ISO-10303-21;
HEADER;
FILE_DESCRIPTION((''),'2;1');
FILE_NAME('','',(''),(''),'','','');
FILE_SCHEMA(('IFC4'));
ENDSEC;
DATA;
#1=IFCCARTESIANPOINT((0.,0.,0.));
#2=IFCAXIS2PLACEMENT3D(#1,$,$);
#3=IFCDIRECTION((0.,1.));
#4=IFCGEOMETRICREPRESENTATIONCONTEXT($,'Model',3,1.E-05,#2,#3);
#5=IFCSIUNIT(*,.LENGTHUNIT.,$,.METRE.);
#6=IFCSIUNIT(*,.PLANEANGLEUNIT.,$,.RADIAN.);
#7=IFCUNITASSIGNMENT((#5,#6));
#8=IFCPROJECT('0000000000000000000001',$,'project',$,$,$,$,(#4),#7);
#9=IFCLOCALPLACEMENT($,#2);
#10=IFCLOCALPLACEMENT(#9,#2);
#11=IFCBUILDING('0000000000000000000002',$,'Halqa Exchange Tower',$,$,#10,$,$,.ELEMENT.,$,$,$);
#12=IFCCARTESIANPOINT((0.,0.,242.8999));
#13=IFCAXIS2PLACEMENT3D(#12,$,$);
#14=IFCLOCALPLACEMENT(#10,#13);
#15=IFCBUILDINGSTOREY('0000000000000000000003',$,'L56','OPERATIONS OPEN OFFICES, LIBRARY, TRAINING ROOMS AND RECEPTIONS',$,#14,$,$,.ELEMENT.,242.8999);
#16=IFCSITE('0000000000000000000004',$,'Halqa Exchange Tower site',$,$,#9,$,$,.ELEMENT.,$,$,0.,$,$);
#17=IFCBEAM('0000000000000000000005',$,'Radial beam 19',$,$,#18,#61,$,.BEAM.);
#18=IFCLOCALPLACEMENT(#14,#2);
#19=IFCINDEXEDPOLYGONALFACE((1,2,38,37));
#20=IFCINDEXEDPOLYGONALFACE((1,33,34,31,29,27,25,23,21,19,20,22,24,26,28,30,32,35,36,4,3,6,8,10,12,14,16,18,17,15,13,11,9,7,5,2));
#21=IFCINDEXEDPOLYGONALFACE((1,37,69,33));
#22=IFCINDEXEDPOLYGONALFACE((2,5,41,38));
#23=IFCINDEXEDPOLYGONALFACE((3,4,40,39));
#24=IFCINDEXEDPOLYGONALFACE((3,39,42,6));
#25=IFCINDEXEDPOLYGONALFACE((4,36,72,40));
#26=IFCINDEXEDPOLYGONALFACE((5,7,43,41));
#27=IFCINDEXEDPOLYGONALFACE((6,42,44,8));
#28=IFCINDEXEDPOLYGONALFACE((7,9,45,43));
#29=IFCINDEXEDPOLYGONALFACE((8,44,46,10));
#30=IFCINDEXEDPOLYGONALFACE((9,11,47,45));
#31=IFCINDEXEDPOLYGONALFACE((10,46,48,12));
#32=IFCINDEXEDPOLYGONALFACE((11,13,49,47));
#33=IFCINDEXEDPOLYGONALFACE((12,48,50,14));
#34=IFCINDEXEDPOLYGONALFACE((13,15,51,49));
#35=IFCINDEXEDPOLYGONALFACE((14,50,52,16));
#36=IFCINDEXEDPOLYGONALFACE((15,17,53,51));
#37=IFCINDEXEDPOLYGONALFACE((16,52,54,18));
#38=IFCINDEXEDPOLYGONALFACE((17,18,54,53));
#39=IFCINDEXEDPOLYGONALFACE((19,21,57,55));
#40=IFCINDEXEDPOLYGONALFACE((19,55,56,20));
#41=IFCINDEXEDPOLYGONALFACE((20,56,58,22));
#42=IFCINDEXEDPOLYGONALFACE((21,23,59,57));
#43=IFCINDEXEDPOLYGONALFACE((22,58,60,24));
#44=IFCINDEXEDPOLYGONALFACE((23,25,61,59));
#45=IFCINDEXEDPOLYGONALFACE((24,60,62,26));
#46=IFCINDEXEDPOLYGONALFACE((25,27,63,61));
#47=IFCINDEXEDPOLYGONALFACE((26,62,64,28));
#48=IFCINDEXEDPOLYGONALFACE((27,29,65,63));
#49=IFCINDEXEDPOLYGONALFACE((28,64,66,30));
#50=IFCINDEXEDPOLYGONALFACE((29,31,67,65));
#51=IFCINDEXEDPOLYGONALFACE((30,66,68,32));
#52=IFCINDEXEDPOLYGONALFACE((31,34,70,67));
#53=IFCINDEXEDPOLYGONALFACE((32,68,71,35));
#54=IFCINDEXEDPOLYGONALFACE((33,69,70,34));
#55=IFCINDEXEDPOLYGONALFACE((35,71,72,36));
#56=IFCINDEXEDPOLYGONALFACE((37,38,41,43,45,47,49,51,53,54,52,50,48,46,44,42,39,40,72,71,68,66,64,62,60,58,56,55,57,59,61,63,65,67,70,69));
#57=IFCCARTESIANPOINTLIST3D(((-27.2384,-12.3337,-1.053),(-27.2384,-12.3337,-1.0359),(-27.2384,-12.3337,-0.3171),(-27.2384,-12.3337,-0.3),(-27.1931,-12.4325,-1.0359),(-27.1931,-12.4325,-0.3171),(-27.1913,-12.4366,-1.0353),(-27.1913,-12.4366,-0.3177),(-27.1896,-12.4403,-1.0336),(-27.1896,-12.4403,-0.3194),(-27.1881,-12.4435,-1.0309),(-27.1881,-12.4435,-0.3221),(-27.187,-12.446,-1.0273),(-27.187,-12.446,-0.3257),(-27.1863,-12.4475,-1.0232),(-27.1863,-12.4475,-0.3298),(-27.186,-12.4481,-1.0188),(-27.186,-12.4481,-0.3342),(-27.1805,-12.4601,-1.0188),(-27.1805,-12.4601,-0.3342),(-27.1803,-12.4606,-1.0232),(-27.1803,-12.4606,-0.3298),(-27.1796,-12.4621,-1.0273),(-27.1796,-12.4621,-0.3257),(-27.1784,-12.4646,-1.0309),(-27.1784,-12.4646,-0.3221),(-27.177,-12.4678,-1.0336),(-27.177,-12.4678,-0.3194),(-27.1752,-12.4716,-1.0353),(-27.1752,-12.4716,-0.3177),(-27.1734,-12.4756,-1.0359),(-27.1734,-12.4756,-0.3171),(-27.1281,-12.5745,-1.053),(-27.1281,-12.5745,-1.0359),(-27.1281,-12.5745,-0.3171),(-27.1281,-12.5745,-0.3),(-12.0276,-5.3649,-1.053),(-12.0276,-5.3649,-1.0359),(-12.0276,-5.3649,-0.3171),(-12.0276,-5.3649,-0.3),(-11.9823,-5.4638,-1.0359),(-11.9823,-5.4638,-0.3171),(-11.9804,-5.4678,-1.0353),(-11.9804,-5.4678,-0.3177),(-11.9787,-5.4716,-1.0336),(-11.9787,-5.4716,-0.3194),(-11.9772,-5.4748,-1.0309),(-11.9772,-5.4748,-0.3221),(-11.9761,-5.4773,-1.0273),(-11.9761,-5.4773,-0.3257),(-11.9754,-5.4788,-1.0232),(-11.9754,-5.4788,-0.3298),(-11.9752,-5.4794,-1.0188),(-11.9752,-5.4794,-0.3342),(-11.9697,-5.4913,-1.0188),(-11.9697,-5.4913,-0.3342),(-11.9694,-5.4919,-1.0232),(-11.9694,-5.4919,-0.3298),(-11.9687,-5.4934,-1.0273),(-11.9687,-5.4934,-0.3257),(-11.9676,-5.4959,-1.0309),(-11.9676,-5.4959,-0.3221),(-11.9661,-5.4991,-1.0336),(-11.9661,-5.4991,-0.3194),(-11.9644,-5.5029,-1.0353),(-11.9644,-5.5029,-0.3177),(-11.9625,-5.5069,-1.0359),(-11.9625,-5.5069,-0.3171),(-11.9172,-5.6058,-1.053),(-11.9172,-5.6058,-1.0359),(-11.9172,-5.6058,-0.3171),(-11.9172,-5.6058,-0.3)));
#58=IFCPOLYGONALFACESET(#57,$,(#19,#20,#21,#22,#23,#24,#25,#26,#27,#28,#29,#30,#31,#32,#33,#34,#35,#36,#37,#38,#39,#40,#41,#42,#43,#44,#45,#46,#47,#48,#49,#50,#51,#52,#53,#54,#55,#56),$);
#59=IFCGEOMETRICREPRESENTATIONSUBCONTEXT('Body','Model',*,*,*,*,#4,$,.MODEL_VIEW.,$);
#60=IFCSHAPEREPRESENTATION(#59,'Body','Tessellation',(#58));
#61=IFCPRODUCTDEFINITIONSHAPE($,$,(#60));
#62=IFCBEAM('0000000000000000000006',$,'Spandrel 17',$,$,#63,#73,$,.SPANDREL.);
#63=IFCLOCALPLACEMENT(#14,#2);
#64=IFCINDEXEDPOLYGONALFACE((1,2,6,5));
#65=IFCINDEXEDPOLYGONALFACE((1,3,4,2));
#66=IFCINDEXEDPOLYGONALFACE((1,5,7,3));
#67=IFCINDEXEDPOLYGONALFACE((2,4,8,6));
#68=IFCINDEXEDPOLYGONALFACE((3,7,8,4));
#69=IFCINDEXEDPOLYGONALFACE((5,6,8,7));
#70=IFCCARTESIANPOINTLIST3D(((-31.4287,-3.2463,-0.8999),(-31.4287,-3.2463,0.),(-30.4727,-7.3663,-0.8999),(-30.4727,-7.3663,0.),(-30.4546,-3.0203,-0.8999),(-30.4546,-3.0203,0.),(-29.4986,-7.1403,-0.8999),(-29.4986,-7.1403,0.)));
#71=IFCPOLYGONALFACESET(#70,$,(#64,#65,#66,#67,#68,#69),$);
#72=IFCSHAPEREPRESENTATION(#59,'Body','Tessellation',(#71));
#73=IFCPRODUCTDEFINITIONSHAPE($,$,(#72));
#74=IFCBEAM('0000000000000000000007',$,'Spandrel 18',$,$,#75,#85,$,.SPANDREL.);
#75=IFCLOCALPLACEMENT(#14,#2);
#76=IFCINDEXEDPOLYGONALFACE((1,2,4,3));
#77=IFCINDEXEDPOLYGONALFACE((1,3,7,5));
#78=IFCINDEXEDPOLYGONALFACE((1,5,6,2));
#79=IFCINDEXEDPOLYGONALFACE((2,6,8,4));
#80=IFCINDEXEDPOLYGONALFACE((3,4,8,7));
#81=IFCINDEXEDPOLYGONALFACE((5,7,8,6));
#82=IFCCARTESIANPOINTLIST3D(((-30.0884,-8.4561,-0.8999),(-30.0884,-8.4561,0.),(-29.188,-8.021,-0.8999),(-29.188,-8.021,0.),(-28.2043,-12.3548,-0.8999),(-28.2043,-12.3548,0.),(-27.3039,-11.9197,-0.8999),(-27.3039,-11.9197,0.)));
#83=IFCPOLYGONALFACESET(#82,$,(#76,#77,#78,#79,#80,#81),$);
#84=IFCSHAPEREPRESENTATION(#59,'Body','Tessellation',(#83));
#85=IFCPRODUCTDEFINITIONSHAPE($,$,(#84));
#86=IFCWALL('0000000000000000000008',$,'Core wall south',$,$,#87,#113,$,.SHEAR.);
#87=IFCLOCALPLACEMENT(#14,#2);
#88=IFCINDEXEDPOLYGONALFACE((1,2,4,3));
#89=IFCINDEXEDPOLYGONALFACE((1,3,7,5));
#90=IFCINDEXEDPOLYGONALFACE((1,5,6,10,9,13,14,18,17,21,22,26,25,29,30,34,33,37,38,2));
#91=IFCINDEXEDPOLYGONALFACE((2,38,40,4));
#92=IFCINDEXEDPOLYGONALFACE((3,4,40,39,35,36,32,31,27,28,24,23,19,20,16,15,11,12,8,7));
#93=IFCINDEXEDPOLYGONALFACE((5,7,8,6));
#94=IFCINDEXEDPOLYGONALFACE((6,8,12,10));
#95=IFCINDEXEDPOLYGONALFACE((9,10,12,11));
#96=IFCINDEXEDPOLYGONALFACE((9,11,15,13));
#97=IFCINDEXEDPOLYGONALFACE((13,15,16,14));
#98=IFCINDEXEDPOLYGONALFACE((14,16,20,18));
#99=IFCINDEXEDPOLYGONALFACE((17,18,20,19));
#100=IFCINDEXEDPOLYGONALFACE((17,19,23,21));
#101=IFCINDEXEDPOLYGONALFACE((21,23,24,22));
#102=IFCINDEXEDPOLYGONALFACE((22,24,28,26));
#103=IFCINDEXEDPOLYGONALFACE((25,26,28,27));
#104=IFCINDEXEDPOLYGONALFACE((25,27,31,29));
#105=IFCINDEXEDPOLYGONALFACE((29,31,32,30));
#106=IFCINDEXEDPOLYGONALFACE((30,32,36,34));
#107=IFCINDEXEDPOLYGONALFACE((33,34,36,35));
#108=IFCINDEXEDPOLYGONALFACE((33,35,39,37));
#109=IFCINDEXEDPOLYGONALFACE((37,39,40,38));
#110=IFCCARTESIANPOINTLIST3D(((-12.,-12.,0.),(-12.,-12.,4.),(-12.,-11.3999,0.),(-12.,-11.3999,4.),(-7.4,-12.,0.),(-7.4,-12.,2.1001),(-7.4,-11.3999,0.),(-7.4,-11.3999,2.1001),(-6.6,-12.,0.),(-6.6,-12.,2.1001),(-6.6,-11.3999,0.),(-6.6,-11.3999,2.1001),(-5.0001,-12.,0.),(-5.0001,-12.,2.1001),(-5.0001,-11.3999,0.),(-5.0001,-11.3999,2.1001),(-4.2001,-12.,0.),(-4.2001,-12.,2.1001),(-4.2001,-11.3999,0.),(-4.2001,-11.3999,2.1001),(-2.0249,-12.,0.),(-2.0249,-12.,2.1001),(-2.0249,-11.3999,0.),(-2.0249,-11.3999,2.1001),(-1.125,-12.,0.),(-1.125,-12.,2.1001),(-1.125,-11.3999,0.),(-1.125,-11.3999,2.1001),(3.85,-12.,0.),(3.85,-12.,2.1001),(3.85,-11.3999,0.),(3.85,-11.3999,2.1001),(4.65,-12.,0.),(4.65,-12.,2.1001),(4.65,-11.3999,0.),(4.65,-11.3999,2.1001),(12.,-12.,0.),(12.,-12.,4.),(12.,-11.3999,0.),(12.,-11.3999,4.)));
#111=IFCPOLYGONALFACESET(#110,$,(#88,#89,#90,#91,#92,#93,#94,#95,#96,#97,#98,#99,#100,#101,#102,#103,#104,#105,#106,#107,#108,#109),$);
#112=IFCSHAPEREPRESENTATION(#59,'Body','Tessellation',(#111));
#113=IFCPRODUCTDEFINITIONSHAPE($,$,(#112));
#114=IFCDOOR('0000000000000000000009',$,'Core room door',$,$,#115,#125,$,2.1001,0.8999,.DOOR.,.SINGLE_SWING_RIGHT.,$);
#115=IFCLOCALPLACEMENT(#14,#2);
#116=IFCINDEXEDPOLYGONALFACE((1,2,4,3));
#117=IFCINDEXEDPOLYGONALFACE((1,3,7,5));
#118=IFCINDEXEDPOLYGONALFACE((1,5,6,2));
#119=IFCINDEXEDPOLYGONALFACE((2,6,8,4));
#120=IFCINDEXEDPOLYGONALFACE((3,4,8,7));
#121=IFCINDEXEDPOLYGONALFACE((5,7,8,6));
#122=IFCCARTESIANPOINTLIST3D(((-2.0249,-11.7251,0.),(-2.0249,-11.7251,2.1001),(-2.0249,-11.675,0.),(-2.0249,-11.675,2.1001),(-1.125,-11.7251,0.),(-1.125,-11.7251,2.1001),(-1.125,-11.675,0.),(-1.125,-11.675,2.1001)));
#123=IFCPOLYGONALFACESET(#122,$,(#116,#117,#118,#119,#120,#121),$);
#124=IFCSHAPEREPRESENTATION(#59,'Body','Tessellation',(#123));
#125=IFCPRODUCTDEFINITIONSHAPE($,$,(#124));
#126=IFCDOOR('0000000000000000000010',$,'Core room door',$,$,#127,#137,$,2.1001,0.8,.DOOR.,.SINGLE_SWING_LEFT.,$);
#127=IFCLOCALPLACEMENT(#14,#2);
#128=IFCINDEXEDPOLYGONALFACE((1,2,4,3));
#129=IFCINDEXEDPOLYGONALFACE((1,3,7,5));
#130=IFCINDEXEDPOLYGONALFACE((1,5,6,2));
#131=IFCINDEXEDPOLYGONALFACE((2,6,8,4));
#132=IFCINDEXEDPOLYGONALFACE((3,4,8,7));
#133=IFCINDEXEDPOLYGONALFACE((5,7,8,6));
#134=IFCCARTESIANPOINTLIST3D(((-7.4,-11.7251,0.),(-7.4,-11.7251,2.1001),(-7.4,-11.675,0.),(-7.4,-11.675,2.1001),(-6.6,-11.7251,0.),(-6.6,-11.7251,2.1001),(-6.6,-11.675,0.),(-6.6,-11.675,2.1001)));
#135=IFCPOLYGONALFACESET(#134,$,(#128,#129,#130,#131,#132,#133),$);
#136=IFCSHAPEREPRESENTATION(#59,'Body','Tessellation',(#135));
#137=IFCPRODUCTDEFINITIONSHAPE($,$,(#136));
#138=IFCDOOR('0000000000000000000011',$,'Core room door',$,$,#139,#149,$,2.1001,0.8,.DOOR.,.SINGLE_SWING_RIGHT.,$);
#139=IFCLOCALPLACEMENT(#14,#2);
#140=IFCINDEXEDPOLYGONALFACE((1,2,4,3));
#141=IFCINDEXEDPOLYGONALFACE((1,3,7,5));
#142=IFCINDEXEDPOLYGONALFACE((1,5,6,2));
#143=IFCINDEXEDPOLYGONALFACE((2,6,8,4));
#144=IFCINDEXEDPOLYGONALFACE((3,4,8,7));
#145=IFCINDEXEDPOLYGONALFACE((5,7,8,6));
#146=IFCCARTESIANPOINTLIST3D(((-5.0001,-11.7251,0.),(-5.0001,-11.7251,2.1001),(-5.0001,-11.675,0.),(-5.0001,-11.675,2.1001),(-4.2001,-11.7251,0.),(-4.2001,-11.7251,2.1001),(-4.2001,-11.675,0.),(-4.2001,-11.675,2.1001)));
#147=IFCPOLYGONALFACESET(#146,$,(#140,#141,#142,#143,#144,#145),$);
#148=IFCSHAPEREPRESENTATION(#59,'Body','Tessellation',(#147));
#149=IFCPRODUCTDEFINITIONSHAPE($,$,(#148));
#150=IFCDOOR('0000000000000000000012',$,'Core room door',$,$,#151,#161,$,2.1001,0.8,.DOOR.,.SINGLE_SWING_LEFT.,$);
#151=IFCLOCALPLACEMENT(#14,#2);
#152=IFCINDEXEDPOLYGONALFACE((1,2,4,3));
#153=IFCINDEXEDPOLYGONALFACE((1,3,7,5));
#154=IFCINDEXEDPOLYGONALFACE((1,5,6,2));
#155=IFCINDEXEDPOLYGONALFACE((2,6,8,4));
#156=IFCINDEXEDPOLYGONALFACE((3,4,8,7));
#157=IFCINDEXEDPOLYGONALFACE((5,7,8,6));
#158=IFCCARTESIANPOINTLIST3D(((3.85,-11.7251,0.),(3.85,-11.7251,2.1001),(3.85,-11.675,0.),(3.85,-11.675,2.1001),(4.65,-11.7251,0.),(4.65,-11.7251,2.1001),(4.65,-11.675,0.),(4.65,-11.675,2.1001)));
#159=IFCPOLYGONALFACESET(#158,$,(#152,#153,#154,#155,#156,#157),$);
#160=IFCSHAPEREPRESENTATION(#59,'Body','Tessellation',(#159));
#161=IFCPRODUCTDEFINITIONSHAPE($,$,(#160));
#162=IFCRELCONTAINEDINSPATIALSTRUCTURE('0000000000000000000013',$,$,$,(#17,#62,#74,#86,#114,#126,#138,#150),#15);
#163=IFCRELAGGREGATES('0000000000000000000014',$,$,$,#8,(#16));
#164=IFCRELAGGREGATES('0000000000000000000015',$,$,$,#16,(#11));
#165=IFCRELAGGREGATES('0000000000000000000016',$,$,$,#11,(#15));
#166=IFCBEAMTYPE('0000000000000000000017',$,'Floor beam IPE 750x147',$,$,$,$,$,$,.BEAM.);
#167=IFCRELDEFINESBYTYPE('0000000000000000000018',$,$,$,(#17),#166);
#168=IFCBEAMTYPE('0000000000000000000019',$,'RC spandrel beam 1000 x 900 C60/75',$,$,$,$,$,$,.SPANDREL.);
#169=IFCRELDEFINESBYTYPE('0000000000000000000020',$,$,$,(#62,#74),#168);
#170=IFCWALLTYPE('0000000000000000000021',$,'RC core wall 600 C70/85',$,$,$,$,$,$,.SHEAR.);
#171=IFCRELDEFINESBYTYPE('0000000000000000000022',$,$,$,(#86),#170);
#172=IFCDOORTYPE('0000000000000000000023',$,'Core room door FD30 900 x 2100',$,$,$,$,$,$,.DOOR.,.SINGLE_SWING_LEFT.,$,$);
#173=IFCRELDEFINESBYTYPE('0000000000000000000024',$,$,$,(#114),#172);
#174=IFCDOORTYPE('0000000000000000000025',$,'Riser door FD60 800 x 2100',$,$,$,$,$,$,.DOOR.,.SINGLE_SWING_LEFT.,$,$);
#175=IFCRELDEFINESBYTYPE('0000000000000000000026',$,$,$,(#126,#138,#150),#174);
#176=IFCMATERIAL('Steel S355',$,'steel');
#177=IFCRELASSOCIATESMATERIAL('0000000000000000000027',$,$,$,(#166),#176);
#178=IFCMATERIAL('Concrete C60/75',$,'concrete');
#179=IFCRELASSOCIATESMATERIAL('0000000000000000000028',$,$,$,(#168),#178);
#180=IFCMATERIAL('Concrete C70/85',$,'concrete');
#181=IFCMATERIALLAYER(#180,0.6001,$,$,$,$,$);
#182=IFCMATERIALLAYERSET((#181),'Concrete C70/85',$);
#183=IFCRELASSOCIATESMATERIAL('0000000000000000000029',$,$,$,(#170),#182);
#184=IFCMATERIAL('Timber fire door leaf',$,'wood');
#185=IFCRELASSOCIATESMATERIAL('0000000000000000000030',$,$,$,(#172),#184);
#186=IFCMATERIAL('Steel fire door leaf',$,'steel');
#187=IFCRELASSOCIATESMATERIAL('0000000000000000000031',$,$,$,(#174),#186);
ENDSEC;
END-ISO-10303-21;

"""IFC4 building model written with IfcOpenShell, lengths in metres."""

from ifc_helpers import new_model, si_unit, direction, frame, frame_2d, origin, origin_2d, place, context, subcontext, project, spatial, rectangle, i_section, extrude, material, layer, layer_set, material_profile, profile_set, type_object, element, fill, save


model = new_model("IFC4")

# Units and contexts
model_context = context("Model", 3, precision=1e-05, world=origin(), true_north=direction((0.0, 1.0)))
body_context = subcontext(model_context, "Body", "Model", "MODEL_VIEW")
ifc_project = project(units=[si_unit("LENGTHUNIT", "METRE"), si_unit("PLANEANGLEUNIT", "RADIAN")], contexts=[model_context])

# Site, building, storey
site_placement = place(None, origin())
site = spatial("IfcSite", under=ifc_project, at=site_placement, Name="Halqa Exchange Tower site", CompositionType="ELEMENT", RefElevation=0.0)
building_placement = place(site_placement, origin())
building = spatial("IfcBuilding", under=site, at=building_placement, Name="Halqa Exchange Tower", CompositionType="ELEMENT")
storey_placement = place(building_placement, frame((0.0, 0.0, 242.8999)))
storey = spatial("IfcBuildingStorey", under=building, at=storey_placement, Name="L56", Description="OPERATIONS OPEN OFFICES, LIBRARY, TRAINING ROOMS AND RECEPTIONS", CompositionType="ELEMENT", Elevation=242.8999)

# Shared definitions
ifc_material_1 = material(Name="Concrete C60/75", Category="concrete")

# Beams
ifc_material_2 = material(Name="Steel S355", Category="steel")
ifc_material_profile_1 = material_profile(ifc_material_2, i_section(OverallWidth=0.2649, OverallDepth=0.7529, WebThickness=0.0132, FlangeThickness=0.0171, FilletRadius=0.0171, at=origin_2d()), Name="IPE 750x147")
ifc_profile_set_1 = profile_set([ifc_material_profile_1], Name="Steel S355")
beam_type_1 = type_object("IfcBeamType", Name="Floor beam IPE 750x147", PredefinedType="BEAM", material=ifc_profile_set_1)
beam_1_placement = place(storey_placement, frame((-11.9724, -5.4854, -0.6765), z_axis=(-0.909131, -0.41651, 0.0), x_axis=(0.41651, -0.909131, 0.0)))
element("IfcBeam", 1, at=beam_1_placement, inside=storey, type_object=beam_type_1, Name="Radial beam 19", PredefinedType="BEAM", context=body_context, shape_type="SweptSolid", body=[
    extrude(i_section(OverallWidth=0.2649, OverallDepth=0.7529, WebThickness=0.0132, FlangeThickness=0.0171, FilletRadius=0.0171, at=origin_2d()), origin(), (0.0, 0.0, 1.0), 16.7312),
])
ifc_material_profile_2 = material_profile(ifc_material_1, rectangle(XDim=1.0, YDim=0.8999, at=origin_2d()), Name="1000 x 900")
ifc_profile_set_2 = profile_set([ifc_material_profile_2], Name="Concrete C60/75")
beam_type_2 = type_object("IfcBeamType", Name="RC spandrel beam 1000 x 900 C60/75", PredefinedType="SPANDREL", material=ifc_profile_set_2)
beam_2_placement = place(storey_placement, frame((-30.9417, -3.1333, -0.45), z_axis=(0.22604, -0.974118, 0.0), x_axis=(0.974118, 0.22604, 0.0)))
element("IfcBeam", 2, at=beam_2_placement, inside=storey, type_object=beam_type_2, Name="Spandrel 17", PredefinedType="SPANDREL", context=body_context, shape_type="SweptSolid", body=[
    extrude(rectangle(XDim=1.0, YDim=0.8999, at=origin_2d()), origin(), (0.0, 0.0, 1.0), 4.2295),
])
beam_3_placement = place(storey_placement, frame((-29.6382, -8.2385, -0.45), z_axis=(0.435107, -0.900379, 0.0), x_axis=(0.900379, 0.435107, 0.0)))
element("IfcBeam", 3, at=beam_3_placement, inside=storey, type_object=beam_type_2, Name="Spandrel 18", PredefinedType="SPANDREL", context=body_context, shape_type="SweptSolid", body=[
    extrude(rectangle(XDim=1.0, YDim=0.8999, at=origin_2d()), origin(), (0.0, 0.0, 1.0), 4.3301),
])

# Shared definitions
ifc_material_3 = material(Name="Steel fire door leaf", Category="steel")

# Wall, openings, doors
ifc_material_4 = material(Name="Concrete C70/85", Category="concrete")
ifc_layer_1 = layer(ifc_material_4, 0.6001)
ifc_layer_set_1 = layer_set([ifc_layer_1], Name="Concrete C70/85")
wall_type_1 = type_object("IfcWallType", Name="RC core wall 600 C70/85", PredefinedType="SHEAR", material=ifc_layer_set_1)
wall_1_placement = place(storey_placement, frame((-12.0, -11.7, 0.0), z_axis=(0.0, 0.0, 1.0), x_axis=(1.0, 0.0, 0.0)))
wall_1 = element("IfcWall", 4, at=wall_1_placement, inside=storey, type_object=wall_type_1, Name="Core wall south", PredefinedType="SHEAR", context=body_context, shape_type="SweptSolid", body=[
    extrude(rectangle(XDim=24.0, YDim=0.6001, at=frame_2d((12.0, 0.0))), origin(), (0.0, 0.0, 1.0), 4.0),
])
opening_1_placement = place(wall_1_placement, frame((9.9751, 0.0, 0.0)))
opening_1 = element("IfcOpeningElement", 5, at=opening_1_placement, cuts=wall_1, PredefinedType="OPENING", context=body_context, shape_type="SweptSolid", body=[
    extrude(rectangle(XDim=0.8999, YDim=2.1001, at=frame_2d((0.45, 1.05))), frame((0.0, 0.312, 0.0), z_axis=(0.0, -1.0, 0.0), x_axis=(1.0, 0.0, 0.0)), (0.0, 0.0, 1.0), 0.624),
])
opening_2_placement = place(wall_1_placement, frame((4.6001, 0.0, 0.0)))
opening_2 = element("IfcOpeningElement", 6, at=opening_2_placement, cuts=wall_1, PredefinedType="OPENING", context=body_context, shape_type="SweptSolid", body=[
    extrude(rectangle(XDim=0.8, YDim=2.1001, at=frame_2d((0.3999, 1.05))), frame((0.0, 0.312, 0.0), z_axis=(0.0, -1.0, 0.0), x_axis=(1.0, 0.0, 0.0)), (0.0, 0.0, 1.0), 0.624),
])
opening_3_placement = place(wall_1_placement, frame((7.0, 0.0, 0.0)))
opening_3 = element("IfcOpeningElement", 7, at=opening_3_placement, cuts=wall_1, PredefinedType="OPENING", context=body_context, shape_type="SweptSolid", body=[
    extrude(rectangle(XDim=0.8, YDim=2.1001, at=frame_2d((0.3999, 1.05))), frame((0.0, 0.312, 0.0), z_axis=(0.0, -1.0, 0.0), x_axis=(1.0, 0.0, 0.0)), (0.0, 0.0, 1.0), 0.624),
])
opening_4_placement = place(wall_1_placement, frame((15.8501, 0.0, 0.0)))
opening_4 = element("IfcOpeningElement", 8, at=opening_4_placement, cuts=wall_1, PredefinedType="OPENING", context=body_context, shape_type="SweptSolid", body=[
    extrude(rectangle(XDim=0.8, YDim=2.1001, at=frame_2d((0.3999, 1.05))), frame((0.0, 0.312, 0.0), z_axis=(0.0, -1.0, 0.0), x_axis=(1.0, 0.0, 0.0)), (0.0, 0.0, 1.0), 0.624),
])
ifc_material_5 = material(Name="Timber fire door leaf", Category="wood")
door_type_1 = type_object("IfcDoorType", Name="Core room door FD30 900 x 2100", OperationType="SINGLE_SWING_LEFT", PredefinedType="DOOR", material=ifc_material_5)
door_1_placement = place(opening_1_placement, origin())
door_1 = element("IfcDoor", 9, at=door_1_placement, inside=storey, type_object=door_type_1, Name="Core room door", OperationType="SINGLE_SWING_RIGHT", OverallHeight=2.1001, OverallWidth=0.8999, PredefinedType="DOOR", context=body_context, shape_type="SweptSolid", body=[
    extrude(rectangle(XDim=0.8999, YDim=2.1001, at=frame_2d((0.45, 1.05))), frame((0.0, 0.0249, 0.0), z_axis=(0.0, -1.0, 0.0), x_axis=(1.0, 0.0, 0.0)), (0.0, 0.0, 1.0), 0.05),
])
fill(opening_1, door_1)
door_type_2 = type_object("IfcDoorType", Name="Riser door FD60 800 x 2100", OperationType="SINGLE_SWING_LEFT", PredefinedType="DOOR", material=ifc_material_3)
door_2_placement = place(opening_2_placement, origin())
door_2 = element("IfcDoor", 10, at=door_2_placement, inside=storey, type_object=door_type_2, Name="Core room door", OperationType="SINGLE_SWING_LEFT", OverallHeight=2.1001, OverallWidth=0.8, PredefinedType="DOOR", context=body_context, shape_type="SweptSolid", body=[
    extrude(rectangle(XDim=0.8, YDim=2.1001, at=frame_2d((0.3999, 1.05))), frame((0.0, 0.0249, 0.0), z_axis=(0.0, -1.0, 0.0), x_axis=(1.0, 0.0, 0.0)), (0.0, 0.0, 1.0), 0.05),
])
fill(opening_2, door_2)
door_3_placement = place(opening_3_placement, origin())
door_3 = element("IfcDoor", 11, at=door_3_placement, inside=storey, type_object=door_type_2, Name="Core room door", OperationType="SINGLE_SWING_RIGHT", OverallHeight=2.1001, OverallWidth=0.8, PredefinedType="DOOR", context=body_context, shape_type="SweptSolid", body=[
    extrude(rectangle(XDim=0.8, YDim=2.1001, at=frame_2d((0.3999, 1.05))), frame((0.0, 0.0249, 0.0), z_axis=(0.0, -1.0, 0.0), x_axis=(1.0, 0.0, 0.0)), (0.0, 0.0, 1.0), 0.05),
])
fill(opening_3, door_3)
door_4_placement = place(opening_4_placement, origin())
door_4 = element("IfcDoor", 12, at=door_4_placement, inside=storey, type_object=door_type_2, Name="Core room door", OperationType="SINGLE_SWING_LEFT", OverallHeight=2.1001, OverallWidth=0.8, PredefinedType="DOOR", context=body_context, shape_type="SweptSolid", body=[
    extrude(rectangle(XDim=0.8, YDim=2.1001, at=frame_2d((0.3999, 1.05))), frame((0.0, 0.0249, 0.0), z_axis=(0.0, -1.0, 0.0), x_axis=(1.0, 0.0, 0.0)), (0.0, 0.0, 1.0), 0.05),
])
fill(opening_4, door_4)

save(model, "model.ifc")
